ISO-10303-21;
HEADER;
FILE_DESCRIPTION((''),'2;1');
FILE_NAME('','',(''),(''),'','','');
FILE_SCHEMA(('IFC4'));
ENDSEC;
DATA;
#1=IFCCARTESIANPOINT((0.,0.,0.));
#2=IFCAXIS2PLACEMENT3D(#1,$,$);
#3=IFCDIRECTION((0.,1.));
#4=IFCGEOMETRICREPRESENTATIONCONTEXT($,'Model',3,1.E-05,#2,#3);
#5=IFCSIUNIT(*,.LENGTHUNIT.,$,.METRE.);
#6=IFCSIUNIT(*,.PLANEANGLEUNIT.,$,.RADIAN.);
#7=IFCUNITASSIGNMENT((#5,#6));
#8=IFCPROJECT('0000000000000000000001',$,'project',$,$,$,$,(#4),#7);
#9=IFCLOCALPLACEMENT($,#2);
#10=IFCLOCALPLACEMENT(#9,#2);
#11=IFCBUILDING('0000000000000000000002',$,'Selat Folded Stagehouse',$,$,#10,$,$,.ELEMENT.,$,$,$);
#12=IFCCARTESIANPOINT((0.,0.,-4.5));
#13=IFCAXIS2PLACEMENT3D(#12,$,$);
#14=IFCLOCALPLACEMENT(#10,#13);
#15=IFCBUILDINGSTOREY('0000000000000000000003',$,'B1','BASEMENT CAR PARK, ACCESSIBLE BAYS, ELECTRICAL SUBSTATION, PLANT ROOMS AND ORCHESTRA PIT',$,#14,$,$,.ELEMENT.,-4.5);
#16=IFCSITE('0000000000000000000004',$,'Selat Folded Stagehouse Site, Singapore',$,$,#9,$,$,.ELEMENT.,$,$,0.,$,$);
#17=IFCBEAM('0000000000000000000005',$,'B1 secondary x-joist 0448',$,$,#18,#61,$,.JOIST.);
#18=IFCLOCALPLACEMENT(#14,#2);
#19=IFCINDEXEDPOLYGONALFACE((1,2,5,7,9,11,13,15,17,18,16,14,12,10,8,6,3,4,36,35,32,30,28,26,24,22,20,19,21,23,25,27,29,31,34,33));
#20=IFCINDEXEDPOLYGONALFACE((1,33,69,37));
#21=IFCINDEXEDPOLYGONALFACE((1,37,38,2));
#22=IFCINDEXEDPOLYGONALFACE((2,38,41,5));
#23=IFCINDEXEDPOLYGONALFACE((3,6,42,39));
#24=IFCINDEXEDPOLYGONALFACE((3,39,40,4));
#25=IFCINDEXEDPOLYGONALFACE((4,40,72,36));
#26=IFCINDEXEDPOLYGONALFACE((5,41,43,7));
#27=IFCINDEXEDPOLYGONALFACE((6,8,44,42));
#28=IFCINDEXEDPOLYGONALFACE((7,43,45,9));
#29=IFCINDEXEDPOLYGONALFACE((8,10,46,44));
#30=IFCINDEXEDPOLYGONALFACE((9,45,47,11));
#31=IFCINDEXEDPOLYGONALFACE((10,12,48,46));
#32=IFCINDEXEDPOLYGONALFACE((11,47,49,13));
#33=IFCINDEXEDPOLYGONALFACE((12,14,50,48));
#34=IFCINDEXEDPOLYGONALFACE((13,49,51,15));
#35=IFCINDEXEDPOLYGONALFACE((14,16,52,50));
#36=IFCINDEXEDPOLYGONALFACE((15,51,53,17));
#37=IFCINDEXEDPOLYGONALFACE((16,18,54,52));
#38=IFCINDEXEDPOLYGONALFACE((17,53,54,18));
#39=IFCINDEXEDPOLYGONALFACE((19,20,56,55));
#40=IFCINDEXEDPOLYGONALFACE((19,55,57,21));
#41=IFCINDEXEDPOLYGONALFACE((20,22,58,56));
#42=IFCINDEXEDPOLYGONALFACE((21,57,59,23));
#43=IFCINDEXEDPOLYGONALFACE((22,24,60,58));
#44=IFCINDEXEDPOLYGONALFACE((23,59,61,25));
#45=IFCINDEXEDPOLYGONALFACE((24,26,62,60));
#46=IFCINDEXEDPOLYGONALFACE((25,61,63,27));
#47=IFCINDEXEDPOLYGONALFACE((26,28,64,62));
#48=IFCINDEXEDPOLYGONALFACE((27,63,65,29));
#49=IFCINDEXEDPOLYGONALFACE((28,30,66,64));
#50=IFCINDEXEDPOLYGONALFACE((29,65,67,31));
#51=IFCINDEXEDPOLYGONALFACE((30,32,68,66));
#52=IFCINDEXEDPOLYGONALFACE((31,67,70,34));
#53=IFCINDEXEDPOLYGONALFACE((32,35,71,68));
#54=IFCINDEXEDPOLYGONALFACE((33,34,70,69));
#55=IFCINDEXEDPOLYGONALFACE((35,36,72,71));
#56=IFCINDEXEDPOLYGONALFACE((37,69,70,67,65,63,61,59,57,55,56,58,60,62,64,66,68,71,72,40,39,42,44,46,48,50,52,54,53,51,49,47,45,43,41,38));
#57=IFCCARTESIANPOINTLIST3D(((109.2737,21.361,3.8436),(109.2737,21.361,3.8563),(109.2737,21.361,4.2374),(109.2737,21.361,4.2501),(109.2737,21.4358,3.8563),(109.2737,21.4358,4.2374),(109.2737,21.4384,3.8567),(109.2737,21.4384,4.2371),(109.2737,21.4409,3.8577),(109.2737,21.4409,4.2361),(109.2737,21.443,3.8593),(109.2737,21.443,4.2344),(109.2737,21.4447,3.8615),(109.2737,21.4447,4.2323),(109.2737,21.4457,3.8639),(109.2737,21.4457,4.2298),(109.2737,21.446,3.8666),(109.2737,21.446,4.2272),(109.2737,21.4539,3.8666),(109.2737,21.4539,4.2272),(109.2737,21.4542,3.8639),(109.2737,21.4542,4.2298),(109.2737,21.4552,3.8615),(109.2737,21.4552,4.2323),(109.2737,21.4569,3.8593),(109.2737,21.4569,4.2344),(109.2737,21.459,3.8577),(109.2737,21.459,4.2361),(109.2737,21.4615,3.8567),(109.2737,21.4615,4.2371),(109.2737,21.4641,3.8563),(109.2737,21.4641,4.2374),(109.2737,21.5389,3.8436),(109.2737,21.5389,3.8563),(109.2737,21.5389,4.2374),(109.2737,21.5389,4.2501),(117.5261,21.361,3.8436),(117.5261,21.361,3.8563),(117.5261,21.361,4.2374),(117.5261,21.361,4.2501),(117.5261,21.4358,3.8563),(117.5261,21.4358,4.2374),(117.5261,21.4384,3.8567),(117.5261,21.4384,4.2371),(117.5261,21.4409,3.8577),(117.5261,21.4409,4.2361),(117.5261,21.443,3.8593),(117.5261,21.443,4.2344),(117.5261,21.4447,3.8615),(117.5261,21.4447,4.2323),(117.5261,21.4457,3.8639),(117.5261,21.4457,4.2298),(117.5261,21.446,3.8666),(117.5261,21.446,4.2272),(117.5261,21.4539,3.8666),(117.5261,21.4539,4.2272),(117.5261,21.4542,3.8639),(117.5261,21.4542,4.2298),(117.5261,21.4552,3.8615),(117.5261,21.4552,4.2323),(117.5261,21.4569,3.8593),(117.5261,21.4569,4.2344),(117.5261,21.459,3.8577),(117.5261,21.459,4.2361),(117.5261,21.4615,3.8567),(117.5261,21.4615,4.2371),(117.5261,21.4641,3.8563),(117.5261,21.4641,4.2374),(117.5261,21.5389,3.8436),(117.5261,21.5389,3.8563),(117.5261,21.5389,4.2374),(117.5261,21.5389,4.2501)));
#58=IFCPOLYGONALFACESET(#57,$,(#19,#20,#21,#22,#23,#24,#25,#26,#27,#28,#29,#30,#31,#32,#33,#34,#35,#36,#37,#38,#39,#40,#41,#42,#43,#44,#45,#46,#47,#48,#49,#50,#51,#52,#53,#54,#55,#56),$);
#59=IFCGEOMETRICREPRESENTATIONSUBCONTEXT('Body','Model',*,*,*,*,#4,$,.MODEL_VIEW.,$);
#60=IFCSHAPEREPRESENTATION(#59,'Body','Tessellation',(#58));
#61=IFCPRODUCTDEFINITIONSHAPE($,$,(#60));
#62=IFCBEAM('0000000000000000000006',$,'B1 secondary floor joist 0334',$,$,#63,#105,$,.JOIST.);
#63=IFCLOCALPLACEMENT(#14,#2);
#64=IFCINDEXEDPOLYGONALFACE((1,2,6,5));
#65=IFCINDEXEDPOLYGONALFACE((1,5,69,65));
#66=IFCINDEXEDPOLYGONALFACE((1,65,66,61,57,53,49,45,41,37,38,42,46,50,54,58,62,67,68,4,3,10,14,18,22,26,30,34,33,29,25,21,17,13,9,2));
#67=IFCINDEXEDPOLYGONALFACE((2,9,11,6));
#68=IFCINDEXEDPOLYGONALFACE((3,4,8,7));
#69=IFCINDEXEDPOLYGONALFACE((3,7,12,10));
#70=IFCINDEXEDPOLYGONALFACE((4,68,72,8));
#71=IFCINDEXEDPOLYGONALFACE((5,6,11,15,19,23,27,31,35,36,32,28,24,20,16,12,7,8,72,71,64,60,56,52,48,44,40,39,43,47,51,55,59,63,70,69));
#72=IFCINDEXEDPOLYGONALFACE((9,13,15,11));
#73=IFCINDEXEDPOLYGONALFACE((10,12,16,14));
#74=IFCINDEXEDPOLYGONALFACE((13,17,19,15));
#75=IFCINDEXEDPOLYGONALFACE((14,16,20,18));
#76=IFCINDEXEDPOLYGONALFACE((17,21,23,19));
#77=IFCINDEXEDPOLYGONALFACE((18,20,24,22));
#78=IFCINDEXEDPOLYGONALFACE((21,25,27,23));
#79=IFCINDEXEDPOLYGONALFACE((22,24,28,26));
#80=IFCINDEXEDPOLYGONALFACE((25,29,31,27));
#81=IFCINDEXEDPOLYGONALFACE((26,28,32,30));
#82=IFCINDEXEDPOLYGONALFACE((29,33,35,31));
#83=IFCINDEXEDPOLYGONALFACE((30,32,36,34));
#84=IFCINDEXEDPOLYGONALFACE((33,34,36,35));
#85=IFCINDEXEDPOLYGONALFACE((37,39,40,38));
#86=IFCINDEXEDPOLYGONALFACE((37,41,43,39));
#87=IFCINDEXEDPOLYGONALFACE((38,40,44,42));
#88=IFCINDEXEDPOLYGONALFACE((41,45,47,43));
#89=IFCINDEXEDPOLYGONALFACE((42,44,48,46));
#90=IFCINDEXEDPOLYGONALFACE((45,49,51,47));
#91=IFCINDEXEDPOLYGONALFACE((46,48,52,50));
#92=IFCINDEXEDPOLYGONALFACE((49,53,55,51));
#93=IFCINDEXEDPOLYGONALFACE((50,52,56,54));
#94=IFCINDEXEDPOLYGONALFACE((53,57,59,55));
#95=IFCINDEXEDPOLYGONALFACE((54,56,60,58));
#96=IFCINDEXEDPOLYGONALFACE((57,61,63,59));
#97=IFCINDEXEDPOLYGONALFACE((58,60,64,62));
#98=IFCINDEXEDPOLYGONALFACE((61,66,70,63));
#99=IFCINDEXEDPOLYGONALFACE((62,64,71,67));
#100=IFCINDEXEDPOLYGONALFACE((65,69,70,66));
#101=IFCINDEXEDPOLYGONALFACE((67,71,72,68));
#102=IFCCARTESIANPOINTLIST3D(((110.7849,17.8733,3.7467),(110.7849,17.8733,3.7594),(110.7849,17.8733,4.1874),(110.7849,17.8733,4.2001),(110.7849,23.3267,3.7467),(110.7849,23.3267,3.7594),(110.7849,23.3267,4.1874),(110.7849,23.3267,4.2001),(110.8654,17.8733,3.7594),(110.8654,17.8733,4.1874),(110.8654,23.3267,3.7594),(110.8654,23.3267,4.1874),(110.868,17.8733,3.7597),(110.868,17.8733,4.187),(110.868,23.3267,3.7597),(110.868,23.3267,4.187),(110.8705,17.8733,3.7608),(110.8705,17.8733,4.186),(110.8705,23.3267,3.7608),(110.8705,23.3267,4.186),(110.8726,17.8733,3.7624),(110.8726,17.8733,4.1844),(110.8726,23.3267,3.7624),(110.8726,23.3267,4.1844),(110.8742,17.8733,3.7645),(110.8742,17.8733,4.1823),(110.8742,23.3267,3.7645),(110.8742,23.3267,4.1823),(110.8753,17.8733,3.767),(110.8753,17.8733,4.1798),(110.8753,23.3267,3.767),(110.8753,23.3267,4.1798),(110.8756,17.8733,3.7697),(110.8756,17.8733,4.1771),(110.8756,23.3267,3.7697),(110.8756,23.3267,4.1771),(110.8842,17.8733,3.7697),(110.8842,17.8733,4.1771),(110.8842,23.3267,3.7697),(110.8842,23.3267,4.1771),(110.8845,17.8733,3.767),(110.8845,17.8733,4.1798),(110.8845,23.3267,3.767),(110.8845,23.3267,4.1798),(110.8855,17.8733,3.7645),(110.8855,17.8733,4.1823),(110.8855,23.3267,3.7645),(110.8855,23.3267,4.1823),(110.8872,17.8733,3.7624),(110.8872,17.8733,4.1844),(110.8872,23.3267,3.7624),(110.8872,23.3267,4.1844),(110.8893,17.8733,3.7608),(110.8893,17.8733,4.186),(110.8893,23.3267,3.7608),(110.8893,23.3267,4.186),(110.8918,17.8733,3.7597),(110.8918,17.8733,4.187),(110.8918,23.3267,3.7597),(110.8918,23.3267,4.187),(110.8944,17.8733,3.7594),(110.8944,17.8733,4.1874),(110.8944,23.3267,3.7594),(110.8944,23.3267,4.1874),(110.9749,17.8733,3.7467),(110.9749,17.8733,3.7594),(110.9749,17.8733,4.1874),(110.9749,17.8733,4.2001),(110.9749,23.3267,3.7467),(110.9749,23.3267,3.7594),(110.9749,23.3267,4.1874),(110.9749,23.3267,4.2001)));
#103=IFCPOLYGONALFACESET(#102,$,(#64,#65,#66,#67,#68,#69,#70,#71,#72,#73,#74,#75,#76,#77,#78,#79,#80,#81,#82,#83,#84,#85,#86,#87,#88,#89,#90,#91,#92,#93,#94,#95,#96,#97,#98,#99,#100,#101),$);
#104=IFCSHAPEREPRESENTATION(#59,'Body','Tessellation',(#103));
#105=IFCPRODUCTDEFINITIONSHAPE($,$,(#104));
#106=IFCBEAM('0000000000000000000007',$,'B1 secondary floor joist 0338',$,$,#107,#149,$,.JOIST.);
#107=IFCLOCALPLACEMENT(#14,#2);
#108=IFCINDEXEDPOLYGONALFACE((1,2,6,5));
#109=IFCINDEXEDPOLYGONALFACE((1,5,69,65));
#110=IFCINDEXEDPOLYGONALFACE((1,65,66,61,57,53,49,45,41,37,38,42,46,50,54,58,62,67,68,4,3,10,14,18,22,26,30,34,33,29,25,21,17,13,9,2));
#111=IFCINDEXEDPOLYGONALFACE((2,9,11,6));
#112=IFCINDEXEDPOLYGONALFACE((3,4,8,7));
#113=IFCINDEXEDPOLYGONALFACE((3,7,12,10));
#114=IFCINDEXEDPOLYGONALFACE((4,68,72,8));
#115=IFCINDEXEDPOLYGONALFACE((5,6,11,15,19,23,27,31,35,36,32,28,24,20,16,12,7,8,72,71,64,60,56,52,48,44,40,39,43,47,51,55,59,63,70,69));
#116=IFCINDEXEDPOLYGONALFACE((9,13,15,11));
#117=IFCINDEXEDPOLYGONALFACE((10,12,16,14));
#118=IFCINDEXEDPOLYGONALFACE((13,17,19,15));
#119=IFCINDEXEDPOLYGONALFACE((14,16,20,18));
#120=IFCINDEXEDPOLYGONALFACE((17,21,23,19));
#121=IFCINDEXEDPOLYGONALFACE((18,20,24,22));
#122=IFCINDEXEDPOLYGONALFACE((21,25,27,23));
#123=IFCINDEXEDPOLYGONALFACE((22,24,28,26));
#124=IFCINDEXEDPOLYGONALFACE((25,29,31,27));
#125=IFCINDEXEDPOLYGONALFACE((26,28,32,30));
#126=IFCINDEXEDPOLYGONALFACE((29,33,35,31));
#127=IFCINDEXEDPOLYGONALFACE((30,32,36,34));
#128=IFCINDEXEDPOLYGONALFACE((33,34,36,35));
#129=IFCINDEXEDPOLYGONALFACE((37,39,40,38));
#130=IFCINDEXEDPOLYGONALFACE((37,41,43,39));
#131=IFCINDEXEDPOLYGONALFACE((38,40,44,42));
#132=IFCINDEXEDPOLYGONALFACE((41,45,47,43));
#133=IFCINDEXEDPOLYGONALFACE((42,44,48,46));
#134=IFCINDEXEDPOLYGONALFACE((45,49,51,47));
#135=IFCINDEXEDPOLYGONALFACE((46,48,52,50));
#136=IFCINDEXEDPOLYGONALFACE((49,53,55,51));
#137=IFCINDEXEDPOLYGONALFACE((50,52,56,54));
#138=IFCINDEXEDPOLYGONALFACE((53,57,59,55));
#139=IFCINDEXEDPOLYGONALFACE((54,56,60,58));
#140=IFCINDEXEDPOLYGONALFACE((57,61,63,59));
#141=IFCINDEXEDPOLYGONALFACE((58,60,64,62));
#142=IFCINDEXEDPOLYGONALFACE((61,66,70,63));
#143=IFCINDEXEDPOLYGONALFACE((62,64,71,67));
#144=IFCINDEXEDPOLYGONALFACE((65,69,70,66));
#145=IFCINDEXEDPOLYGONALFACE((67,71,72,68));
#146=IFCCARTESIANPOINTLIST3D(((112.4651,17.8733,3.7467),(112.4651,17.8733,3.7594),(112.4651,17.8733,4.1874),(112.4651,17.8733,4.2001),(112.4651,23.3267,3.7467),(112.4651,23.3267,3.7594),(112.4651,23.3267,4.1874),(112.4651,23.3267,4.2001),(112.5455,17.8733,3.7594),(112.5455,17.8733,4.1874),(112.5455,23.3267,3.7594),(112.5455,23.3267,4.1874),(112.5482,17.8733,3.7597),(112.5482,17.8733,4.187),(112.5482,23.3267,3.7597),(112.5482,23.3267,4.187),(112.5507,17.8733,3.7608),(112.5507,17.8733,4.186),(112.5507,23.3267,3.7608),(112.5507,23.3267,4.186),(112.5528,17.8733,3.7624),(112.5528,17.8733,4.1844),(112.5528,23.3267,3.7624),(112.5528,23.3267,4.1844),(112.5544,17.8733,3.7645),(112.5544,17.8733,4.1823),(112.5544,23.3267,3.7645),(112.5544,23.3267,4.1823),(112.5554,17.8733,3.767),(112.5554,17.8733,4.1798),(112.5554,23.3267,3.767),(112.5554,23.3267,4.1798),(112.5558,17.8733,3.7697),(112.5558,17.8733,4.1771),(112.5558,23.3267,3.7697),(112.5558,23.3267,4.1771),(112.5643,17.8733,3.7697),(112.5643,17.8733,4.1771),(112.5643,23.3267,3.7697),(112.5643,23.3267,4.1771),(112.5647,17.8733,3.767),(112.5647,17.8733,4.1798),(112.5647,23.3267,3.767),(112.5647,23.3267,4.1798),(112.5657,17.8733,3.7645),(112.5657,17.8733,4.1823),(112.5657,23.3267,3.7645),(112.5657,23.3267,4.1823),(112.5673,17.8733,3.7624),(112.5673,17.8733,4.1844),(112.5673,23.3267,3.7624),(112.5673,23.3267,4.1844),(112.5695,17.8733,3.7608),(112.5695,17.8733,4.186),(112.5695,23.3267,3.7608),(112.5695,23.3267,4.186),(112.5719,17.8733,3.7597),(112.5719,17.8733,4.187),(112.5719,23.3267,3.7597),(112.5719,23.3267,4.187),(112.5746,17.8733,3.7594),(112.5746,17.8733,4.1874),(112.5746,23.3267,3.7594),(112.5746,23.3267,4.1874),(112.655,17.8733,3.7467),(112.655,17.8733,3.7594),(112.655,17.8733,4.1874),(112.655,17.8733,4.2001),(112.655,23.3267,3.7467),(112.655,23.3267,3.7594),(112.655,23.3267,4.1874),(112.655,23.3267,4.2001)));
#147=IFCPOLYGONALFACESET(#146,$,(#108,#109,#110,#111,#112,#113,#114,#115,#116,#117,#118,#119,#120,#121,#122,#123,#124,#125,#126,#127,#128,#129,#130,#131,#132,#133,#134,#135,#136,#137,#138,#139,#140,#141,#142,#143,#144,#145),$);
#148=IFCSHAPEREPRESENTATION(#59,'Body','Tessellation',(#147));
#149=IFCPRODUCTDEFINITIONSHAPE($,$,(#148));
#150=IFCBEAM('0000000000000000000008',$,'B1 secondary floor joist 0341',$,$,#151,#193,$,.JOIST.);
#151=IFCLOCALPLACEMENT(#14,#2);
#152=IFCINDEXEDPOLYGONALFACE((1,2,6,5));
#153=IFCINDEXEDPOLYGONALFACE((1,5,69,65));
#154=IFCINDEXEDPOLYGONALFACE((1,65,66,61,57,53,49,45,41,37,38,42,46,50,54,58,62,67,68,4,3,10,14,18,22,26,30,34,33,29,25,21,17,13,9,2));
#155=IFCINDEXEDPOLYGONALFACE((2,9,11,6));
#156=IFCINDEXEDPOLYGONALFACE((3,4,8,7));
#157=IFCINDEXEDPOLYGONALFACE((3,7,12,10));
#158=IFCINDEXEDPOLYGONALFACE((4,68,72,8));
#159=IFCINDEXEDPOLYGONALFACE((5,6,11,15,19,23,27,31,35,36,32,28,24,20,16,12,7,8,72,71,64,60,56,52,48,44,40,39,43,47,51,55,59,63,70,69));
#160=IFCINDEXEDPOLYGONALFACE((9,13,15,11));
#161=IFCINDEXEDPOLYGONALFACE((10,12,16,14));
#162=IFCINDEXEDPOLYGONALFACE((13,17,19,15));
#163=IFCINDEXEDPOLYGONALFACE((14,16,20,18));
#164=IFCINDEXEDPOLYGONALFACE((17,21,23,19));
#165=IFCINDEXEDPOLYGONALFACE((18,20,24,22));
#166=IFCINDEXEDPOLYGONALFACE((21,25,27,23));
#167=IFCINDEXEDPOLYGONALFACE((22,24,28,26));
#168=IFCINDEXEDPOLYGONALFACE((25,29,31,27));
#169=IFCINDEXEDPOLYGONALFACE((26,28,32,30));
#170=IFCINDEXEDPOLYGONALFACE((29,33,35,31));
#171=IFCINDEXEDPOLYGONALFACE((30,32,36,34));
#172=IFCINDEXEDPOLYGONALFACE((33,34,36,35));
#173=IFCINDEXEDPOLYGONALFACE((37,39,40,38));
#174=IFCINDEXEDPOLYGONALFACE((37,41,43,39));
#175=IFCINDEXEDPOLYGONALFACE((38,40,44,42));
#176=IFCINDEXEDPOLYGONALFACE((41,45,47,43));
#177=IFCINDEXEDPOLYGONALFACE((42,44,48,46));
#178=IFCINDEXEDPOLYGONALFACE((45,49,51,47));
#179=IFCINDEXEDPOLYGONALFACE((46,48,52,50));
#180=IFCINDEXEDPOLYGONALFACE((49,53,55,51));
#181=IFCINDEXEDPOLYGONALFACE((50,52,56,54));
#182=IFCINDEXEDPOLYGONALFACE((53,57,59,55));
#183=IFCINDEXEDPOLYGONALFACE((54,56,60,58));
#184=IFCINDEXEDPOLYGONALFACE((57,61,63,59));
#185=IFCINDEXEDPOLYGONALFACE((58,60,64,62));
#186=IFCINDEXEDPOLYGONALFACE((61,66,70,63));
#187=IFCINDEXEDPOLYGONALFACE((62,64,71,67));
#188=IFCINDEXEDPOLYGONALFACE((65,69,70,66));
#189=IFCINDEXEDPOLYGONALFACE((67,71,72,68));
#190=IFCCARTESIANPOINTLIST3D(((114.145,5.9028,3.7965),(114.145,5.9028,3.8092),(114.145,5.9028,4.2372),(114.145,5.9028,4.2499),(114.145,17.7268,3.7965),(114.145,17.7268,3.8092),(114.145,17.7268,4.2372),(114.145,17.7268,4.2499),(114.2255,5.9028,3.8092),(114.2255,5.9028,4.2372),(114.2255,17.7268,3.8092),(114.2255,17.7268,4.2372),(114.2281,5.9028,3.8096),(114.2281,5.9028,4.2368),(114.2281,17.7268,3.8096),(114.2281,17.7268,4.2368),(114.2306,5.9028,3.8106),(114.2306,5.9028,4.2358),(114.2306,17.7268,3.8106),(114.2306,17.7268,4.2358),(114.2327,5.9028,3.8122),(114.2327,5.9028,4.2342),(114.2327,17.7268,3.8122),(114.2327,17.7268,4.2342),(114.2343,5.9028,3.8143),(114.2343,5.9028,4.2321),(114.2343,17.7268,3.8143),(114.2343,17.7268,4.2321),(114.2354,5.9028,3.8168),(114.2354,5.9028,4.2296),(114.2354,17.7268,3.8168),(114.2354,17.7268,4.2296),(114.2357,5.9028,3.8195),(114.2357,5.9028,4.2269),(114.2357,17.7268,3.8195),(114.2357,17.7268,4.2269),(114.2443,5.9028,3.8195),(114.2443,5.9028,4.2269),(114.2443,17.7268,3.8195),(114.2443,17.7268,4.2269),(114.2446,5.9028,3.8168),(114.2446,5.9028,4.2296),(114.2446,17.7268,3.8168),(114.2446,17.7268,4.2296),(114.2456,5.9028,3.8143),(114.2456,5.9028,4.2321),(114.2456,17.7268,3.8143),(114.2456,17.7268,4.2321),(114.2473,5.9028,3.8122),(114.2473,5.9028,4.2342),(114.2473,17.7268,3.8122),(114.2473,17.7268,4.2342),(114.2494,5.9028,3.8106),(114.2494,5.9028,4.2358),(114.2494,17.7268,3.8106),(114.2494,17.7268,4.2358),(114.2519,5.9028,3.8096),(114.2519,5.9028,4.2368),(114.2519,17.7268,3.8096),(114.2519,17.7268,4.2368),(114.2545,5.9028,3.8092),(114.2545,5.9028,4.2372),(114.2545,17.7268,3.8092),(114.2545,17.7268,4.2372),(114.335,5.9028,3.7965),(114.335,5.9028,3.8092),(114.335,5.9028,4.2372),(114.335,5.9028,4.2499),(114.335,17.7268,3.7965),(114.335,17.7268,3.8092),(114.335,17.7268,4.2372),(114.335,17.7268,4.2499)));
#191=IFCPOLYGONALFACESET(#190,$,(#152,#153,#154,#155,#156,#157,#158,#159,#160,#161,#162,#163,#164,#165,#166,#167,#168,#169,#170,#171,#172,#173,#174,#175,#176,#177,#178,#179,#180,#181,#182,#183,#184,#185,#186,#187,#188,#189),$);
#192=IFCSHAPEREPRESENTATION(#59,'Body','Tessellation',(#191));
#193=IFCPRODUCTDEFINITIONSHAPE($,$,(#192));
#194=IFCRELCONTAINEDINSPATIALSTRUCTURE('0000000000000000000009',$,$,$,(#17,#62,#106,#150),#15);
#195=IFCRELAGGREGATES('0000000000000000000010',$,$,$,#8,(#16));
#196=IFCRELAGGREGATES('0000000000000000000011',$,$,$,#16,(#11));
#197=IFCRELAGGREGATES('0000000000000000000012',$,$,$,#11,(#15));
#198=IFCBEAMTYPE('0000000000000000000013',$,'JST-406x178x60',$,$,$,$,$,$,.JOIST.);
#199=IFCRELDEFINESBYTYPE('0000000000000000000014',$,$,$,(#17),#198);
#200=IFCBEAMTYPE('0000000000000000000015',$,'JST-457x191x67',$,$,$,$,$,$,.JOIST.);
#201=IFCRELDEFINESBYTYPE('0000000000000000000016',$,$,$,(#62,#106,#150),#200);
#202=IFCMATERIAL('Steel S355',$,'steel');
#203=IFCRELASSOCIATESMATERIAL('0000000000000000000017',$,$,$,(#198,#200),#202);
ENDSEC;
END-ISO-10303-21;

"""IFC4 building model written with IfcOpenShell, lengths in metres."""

from ifc_helpers import new_model, si_unit, direction, frame, origin, origin_2d, place, context, subcontext, project, spatial, i_section, extrude, material, material_profile, profile_set, type_object, element, save


model = new_model("IFC4")

# Units and contexts
model_context = context("Model", 3, precision=1e-05, world=origin(), true_north=direction((0.0, 1.0)))
body_context = subcontext(model_context, "Body", "Model", "MODEL_VIEW")
ifc_project = project(units=[si_unit("LENGTHUNIT", "METRE"), si_unit("PLANEANGLEUNIT", "RADIAN")], contexts=[model_context])

# Site, building, storey
site_placement = place(None, origin())
site = spatial("IfcSite", under=ifc_project, at=site_placement, Name="Selat Folded Stagehouse Site, Singapore", CompositionType="ELEMENT", RefElevation=0.0)
building_placement = place(site_placement, origin())
building = spatial("IfcBuilding", under=site, at=building_placement, Name="Selat Folded Stagehouse", CompositionType="ELEMENT")
storey_placement = place(building_placement, frame((0.0, 0.0, -4.5)))
storey = spatial("IfcBuildingStorey", under=building, at=storey_placement, Name="B1", Description="BASEMENT CAR PARK, ACCESSIBLE BAYS, ELECTRICAL SUBSTATION, PLANT ROOMS AND ORCHESTRA PIT", CompositionType="ELEMENT", Elevation=-4.5)

# Shared definitions
ifc_material_1 = material(Name="Steel S355", Category="steel")

# Beams
ifc_material_profile_1 = material_profile(ifc_material_1, i_section(OverallWidth=0.178, OverallDepth=0.4065, WebThickness=0.0078, FlangeThickness=0.0127, FilletRadius=0.0103, at=origin_2d()), Name="UKB 406x178x60")
ifc_profile_set_1 = profile_set([ifc_material_profile_1], Name="Steel S355")
beam_type_1 = type_object("IfcBeamType", Name="JST-406x178x60", PredefinedType="JOIST", material=ifc_profile_set_1)
for number, where, z_axis, x_axis, name in (
    (1, (109.2737, 21.45, 4.0469), (1.0, 0.0, 0.0), (0.0, 1.0, 0.0), "B1 secondary x-joist 0448"),
):
    element("IfcBeam", number, at=place(storey_placement, frame(where, z_axis=z_axis, x_axis=x_axis)), inside=storey, type_object=beam_type_1, Name=name, PredefinedType="JOIST", context=body_context, shape_type="SweptSolid", body=[
        extrude(i_section(OverallWidth=0.178, OverallDepth=0.4065, WebThickness=0.0078, FlangeThickness=0.0127, FilletRadius=0.0103, at=origin_2d()), origin(), (0.0, 0.0, 1.0), 8.2524),
    ])
ifc_material_profile_2 = material_profile(ifc_material_1, i_section(OverallWidth=0.1899, OverallDepth=0.4534, WebThickness=0.0085, FlangeThickness=0.0127, FilletRadius=0.0103, at=origin_2d()), Name="UKB 457x191x67")
ifc_profile_set_2 = profile_set([ifc_material_profile_2], Name="Steel S355")
beam_type_2 = type_object("IfcBeamType", Name="JST-457x191x67", PredefinedType="JOIST", material=ifc_profile_set_2)
for number, where, z_axis, x_axis, name in (
    (2, (110.8799, 17.8733, 3.9734), (0.0, 1.0, 0.0), (-1.0, 0.0, 0.0), "B1 secondary floor joist 0334"),
    (3, (112.5601, 17.8733, 3.9734), (0.0, 1.0, 0.0), (-1.0, 0.0, 0.0), "B1 secondary floor joist 0338"),
):
    element("IfcBeam", number, at=place(storey_placement, frame(where, z_axis=z_axis, x_axis=x_axis)), inside=storey, type_object=beam_type_2, Name=name, PredefinedType="JOIST", context=body_context, shape_type="SweptSolid", body=[
        extrude(i_section(OverallWidth=0.1899, OverallDepth=0.4534, WebThickness=0.0085, FlangeThickness=0.0127, FilletRadius=0.0103, at=origin_2d()), origin(), (0.0, 0.0, 1.0), 5.4534),
    ])
beam_1_placement = place(storey_placement, frame((114.24, 5.9028, 4.0232), z_axis=(0.0, 1.0, 0.0), x_axis=(-1.0, 0.0, 0.0)))
element("IfcBeam", 4, at=beam_1_placement, inside=storey, type_object=beam_type_2, Name="B1 secondary floor joist 0341", PredefinedType="JOIST", context=body_context, shape_type="SweptSolid", body=[
    extrude(i_section(OverallWidth=0.1899, OverallDepth=0.4534, WebThickness=0.0085, FlangeThickness=0.0127, FilletRadius=0.0103, at=origin_2d()), origin(), (0.0, 0.0, 1.0), 11.824),
])

save(model, "model.ifc")
